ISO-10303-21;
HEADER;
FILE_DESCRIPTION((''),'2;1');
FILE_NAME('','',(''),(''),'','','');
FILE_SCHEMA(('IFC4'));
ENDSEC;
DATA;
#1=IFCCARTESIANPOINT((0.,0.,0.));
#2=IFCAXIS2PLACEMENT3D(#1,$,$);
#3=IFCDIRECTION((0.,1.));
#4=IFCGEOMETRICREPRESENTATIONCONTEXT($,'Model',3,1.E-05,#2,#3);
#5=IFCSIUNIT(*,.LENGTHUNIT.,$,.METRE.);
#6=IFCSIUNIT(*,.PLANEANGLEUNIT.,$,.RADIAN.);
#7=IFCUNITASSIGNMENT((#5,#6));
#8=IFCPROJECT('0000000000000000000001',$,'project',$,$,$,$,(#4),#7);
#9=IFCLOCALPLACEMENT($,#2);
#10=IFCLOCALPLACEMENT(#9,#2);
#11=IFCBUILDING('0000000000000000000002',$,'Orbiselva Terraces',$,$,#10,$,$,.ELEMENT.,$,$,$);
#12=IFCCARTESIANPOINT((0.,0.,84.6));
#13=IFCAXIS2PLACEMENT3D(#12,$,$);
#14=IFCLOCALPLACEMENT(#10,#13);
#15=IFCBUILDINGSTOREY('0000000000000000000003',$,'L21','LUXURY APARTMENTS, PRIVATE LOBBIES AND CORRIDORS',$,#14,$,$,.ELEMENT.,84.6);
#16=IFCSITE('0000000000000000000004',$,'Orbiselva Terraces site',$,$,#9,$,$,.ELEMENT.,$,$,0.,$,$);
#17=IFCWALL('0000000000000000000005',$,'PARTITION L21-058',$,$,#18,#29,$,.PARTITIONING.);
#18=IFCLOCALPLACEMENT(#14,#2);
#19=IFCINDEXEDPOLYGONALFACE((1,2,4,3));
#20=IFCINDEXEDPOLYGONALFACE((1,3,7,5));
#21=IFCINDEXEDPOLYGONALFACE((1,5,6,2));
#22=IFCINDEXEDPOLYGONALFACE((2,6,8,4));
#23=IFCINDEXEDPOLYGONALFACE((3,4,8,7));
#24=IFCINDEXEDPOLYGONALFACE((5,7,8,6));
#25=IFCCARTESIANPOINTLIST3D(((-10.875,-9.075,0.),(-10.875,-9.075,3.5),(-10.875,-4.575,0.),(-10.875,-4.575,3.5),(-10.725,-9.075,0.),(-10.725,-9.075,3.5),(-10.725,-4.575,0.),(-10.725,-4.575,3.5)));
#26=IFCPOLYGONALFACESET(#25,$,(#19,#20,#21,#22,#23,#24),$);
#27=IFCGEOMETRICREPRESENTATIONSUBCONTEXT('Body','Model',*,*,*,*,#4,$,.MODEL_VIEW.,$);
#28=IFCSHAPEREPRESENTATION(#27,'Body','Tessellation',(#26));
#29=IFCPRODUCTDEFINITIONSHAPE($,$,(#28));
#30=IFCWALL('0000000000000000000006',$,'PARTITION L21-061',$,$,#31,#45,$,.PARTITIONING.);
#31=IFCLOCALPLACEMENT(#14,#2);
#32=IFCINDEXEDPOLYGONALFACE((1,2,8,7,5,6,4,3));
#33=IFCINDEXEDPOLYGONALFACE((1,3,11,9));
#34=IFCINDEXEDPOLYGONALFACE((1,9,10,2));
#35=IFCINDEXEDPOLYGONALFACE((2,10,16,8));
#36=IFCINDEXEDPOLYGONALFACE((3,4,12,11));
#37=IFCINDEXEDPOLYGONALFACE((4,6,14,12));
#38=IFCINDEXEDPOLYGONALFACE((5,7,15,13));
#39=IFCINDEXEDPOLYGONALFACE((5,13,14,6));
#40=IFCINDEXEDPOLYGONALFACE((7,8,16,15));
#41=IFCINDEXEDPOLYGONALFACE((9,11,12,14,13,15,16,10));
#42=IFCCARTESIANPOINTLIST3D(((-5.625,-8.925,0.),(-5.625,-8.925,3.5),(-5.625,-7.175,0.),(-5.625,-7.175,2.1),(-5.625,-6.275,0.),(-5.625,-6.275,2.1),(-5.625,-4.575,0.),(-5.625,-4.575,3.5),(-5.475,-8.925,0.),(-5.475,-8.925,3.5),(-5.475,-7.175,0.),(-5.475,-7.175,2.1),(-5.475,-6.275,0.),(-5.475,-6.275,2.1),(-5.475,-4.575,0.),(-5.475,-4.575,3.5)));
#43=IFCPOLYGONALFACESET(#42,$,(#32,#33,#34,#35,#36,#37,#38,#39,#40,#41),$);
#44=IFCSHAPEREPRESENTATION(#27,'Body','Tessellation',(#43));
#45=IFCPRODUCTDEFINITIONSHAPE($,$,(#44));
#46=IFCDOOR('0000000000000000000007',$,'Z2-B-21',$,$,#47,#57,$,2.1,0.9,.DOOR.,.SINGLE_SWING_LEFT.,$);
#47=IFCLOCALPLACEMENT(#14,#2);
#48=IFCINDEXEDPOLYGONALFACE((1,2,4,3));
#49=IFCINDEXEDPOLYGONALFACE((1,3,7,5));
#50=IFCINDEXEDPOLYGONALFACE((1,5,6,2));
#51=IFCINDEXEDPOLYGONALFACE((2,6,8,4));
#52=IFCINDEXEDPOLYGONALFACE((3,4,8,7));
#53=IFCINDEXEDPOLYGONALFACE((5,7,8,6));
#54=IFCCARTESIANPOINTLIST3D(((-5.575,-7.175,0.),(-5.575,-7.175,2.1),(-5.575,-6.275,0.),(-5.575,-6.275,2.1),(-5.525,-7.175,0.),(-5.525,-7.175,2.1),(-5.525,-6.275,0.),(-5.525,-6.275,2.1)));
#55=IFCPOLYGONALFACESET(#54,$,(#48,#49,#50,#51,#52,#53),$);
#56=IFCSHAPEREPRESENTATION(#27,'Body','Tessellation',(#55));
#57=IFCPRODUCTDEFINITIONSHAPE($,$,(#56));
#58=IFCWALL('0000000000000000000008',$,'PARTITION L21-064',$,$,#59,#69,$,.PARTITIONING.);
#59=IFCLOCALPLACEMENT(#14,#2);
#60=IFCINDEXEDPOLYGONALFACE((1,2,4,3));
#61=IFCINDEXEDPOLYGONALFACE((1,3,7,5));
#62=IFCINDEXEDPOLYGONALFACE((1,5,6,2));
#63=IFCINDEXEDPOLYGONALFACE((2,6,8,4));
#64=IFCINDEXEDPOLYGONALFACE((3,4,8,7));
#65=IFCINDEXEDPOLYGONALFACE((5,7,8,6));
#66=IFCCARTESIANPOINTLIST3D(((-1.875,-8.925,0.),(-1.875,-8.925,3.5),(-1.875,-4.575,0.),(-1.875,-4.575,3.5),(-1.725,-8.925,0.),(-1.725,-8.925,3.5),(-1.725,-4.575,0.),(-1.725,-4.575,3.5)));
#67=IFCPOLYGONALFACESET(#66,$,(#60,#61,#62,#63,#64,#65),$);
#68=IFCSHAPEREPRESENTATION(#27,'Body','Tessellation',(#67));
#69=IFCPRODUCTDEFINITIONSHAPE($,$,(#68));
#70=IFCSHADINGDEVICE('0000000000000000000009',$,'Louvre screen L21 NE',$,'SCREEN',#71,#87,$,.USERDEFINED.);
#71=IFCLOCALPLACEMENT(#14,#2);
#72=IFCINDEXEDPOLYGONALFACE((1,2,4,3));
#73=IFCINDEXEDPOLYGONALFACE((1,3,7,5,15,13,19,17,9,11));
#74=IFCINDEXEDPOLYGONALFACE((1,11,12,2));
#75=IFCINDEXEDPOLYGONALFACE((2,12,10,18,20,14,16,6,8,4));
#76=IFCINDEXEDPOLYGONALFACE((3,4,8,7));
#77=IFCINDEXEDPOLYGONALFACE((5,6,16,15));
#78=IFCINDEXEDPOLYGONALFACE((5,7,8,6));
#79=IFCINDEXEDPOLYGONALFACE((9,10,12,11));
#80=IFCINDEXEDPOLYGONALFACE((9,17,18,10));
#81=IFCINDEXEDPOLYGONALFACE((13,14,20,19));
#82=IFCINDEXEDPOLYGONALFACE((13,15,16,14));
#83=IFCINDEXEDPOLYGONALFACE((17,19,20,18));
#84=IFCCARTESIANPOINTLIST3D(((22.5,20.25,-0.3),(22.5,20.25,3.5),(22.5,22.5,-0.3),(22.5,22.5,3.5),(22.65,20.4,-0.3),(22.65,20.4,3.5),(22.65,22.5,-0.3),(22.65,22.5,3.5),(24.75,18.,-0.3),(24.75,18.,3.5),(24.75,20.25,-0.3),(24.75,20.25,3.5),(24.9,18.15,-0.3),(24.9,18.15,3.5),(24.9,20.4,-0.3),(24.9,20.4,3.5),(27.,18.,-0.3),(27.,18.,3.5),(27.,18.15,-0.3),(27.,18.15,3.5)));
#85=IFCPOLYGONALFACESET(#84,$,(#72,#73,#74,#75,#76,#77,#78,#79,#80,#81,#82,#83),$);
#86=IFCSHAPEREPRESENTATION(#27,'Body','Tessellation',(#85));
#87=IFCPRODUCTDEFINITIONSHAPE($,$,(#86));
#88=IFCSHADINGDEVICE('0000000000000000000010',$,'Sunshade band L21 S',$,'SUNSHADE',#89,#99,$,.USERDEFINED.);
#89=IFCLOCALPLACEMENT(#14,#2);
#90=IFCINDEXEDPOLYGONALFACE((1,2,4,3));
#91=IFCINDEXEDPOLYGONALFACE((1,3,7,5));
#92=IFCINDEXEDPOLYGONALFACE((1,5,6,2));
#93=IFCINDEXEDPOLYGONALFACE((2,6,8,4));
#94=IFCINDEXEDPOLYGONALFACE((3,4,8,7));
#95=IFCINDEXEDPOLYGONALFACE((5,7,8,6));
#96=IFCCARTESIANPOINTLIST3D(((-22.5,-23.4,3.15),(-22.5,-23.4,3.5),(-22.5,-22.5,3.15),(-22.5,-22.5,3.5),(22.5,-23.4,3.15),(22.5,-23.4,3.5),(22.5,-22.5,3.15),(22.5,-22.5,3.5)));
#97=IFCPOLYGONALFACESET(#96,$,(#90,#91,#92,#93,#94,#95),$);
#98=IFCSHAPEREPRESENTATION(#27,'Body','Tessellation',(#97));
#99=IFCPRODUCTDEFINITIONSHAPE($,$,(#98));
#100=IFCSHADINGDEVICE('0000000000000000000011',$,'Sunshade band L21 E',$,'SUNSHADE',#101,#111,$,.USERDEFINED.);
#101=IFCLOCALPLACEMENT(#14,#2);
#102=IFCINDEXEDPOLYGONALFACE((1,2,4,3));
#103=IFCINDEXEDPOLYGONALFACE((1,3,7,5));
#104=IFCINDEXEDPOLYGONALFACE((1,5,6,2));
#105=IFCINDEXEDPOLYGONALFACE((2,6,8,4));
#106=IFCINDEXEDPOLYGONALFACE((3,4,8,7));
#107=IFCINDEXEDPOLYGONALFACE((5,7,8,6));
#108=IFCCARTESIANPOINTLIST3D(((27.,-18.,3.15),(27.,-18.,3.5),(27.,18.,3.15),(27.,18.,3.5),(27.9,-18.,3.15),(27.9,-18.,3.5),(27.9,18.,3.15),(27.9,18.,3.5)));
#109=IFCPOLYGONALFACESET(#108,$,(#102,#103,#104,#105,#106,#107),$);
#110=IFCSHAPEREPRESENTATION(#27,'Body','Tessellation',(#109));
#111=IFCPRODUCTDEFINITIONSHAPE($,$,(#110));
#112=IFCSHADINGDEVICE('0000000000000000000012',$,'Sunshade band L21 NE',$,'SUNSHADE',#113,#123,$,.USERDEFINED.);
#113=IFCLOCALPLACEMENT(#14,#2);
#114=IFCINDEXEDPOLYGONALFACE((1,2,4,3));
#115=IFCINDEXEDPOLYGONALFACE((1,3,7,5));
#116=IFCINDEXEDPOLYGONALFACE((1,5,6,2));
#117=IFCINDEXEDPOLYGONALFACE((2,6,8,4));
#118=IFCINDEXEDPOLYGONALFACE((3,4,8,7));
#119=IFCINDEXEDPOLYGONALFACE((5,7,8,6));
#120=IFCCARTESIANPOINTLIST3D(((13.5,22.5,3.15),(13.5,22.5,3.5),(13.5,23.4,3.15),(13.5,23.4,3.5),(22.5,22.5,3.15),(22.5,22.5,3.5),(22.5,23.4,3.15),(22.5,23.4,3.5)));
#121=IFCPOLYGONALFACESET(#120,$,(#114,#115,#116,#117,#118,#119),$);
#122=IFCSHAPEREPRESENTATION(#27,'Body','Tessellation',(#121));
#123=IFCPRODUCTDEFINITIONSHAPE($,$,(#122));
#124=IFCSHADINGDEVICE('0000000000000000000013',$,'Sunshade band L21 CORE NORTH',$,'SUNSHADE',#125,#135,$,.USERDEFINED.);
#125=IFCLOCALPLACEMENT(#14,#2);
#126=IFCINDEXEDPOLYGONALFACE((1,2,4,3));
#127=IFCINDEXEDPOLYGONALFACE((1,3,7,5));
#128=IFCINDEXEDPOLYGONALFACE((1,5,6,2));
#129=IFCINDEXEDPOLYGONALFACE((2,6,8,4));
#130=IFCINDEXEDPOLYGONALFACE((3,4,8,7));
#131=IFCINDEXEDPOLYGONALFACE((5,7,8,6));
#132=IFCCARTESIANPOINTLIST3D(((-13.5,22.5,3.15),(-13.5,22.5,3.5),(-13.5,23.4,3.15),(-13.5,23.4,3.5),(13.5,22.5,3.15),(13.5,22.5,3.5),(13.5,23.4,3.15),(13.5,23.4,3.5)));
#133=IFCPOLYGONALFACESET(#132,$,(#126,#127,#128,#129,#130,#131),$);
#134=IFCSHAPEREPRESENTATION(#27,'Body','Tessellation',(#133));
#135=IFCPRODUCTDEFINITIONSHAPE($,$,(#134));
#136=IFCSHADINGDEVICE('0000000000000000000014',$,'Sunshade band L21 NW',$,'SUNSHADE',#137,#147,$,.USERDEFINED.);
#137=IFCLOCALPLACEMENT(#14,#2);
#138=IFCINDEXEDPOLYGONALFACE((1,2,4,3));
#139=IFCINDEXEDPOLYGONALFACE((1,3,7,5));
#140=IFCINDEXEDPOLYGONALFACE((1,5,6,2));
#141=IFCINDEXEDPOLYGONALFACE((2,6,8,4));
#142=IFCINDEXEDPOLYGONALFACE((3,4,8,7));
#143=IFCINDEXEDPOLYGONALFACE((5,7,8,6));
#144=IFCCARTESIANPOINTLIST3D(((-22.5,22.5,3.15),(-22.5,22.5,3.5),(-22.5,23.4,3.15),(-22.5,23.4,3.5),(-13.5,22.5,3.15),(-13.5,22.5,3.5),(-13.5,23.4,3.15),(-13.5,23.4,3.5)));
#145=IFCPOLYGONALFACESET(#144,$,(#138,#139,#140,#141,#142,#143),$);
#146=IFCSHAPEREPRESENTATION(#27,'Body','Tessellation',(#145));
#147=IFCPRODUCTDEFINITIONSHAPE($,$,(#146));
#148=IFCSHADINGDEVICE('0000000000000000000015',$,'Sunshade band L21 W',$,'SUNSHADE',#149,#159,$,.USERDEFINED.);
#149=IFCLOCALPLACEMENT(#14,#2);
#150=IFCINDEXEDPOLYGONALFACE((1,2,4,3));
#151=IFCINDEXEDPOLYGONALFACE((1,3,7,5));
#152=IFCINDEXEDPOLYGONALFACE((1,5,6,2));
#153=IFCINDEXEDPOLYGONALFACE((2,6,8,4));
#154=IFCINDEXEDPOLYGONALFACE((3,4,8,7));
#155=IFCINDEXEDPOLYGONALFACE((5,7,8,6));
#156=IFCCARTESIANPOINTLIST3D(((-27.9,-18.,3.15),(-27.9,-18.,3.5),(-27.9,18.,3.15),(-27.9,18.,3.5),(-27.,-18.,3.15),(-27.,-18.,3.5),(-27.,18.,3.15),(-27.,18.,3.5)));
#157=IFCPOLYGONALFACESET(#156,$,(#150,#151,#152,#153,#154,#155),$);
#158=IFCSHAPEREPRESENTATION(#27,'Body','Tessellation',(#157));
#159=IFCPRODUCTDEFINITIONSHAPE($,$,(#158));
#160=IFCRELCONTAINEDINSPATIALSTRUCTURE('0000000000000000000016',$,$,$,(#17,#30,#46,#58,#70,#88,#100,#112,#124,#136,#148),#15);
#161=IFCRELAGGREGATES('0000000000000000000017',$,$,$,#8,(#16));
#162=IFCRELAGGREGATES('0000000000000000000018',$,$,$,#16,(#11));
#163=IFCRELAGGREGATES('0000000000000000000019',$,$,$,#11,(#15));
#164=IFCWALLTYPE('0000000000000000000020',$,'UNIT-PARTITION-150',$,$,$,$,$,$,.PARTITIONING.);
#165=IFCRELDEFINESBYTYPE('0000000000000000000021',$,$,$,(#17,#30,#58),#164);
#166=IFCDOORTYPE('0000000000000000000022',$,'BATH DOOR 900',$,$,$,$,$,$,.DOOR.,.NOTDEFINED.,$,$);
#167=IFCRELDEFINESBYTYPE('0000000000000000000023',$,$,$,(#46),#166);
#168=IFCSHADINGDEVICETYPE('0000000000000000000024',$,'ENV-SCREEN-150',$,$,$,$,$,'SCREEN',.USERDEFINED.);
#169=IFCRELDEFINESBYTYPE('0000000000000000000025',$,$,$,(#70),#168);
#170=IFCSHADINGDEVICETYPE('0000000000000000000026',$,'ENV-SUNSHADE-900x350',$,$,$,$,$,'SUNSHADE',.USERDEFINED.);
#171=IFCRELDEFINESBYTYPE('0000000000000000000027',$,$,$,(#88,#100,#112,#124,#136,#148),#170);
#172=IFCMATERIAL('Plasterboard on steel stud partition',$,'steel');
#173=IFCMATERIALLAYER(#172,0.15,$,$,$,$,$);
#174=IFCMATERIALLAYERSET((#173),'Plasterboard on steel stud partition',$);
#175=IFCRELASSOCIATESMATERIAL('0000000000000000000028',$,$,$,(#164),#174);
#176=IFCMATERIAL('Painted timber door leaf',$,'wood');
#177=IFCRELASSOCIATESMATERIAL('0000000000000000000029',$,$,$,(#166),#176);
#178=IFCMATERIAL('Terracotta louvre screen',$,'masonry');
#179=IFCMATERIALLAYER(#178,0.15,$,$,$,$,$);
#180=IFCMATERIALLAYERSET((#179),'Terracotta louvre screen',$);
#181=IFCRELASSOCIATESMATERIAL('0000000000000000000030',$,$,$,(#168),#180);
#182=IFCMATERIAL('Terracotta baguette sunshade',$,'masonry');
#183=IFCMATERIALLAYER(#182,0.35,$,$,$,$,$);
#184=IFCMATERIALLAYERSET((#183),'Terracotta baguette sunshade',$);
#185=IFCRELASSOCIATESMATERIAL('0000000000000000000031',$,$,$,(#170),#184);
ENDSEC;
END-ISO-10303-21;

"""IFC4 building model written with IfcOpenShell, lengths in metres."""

from ifc_helpers import new_model, si_unit, direction, frame, frame_2d, origin, place, context, subcontext, project, spatial, polyline, rectangle, outline, extrude, material, layer, layer_set, type_object, element, fill, save


model = new_model("IFC4")

# Units and contexts
model_context = context("Model", 3, precision=1e-05, world=origin(), true_north=direction((0.0, 1.0)))
body_context = subcontext(model_context, "Body", "Model", "MODEL_VIEW")
ifc_project = project(units=[si_unit("LENGTHUNIT", "METRE"), si_unit("PLANEANGLEUNIT", "RADIAN")], contexts=[model_context])

# Site, building, storey
site_placement = place(None, origin())
site = spatial("IfcSite", under=ifc_project, at=site_placement, Name="Orbiselva Terraces site", CompositionType="ELEMENT", RefElevation=0.0)
building_placement = place(site_placement, origin())
building = spatial("IfcBuilding", under=site, at=building_placement, Name="Orbiselva Terraces", CompositionType="ELEMENT")
storey_placement = place(building_placement, frame((0.0, 0.0, 84.6)))
storey = spatial("IfcBuildingStorey", under=building, at=storey_placement, Name="L21", Description="LUXURY APARTMENTS, PRIVATE LOBBIES AND CORRIDORS", CompositionType="ELEMENT", Elevation=84.6)

# Shared definitions
ifc_material_1 = material(Name="Plasterboard on steel stud partition", Category="steel")
ifc_material_2 = material(Name="Painted timber door leaf", Category="wood")

# Shared definitions
ifc_layer_1 = layer(ifc_material_1, 0.15)
ifc_layer_set_1 = layer_set([ifc_layer_1], Name="Plasterboard on steel stud partition")
wall_type_1 = type_object("IfcWallType", Name="UNIT-PARTITION-150", PredefinedType="PARTITIONING", material=ifc_layer_set_1)

# Wall
wall_1_placement = place(storey_placement, frame((-10.8, -9.075, 0.0), z_axis=(0.0, 0.0, 1.0), x_axis=(0.0, 1.0, 0.0)))
element("IfcWall", 1, at=wall_1_placement, inside=storey, type_object=wall_type_1, Name="PARTITION L21-058", PredefinedType="PARTITIONING", context=body_context, shape_type="SweptSolid", body=[
    extrude(rectangle(XDim=4.5, YDim=0.15, at=frame_2d((2.25, 0.0))), origin(), (0.0, 0.0, 1.0), 3.5),
])

# Wall, opening, door
wall_2_placement = place(storey_placement, frame((-5.55, -4.575, 0.0), z_axis=(0.0, 0.0, 1.0), x_axis=(0.0, -1.0, 0.0)))
wall_2 = element("IfcWall", 2, at=wall_2_placement, inside=storey, type_object=wall_type_1, Name="PARTITION L21-061", PredefinedType="PARTITIONING", context=body_context, shape_type="SweptSolid", body=[
    extrude(rectangle(XDim=4.35, YDim=0.15, at=frame_2d((2.175, 0.0))), origin(), (0.0, 0.0, 1.0), 3.5),
])
opening_1_placement = place(wall_2_placement, frame((1.7, 0.0, 0.0)))
opening_1 = element("IfcOpeningElement", 3, at=opening_1_placement, cuts=wall_2, PredefinedType="OPENING", context=body_context, shape_type="SweptSolid", body=[
    extrude(rectangle(XDim=0.9, YDim=2.1, at=frame_2d((0.45, 1.05))), frame((0.0, 0.085, 0.0), z_axis=(0.0, -1.0, 0.0), x_axis=(1.0, 0.0, 0.0)), (0.0, 0.0, 1.0), 0.17),
])
door_type_1 = type_object("IfcDoorType", Name="BATH DOOR 900", OperationType="NOTDEFINED", PredefinedType="DOOR", material=ifc_material_2)
door_1_placement = place(opening_1_placement, origin())
door_1 = element("IfcDoor", 4, at=door_1_placement, inside=storey, type_object=door_type_1, Name="Z2-B-21", OperationType="SINGLE_SWING_LEFT", OverallHeight=2.1, OverallWidth=0.9, PredefinedType="DOOR", context=body_context, shape_type="SweptSolid", body=[
    extrude(rectangle(XDim=0.9, YDim=2.1, at=frame_2d((0.45, 1.05))), frame((0.0, 0.025, 0.0), z_axis=(0.0, -1.0, 0.0), x_axis=(1.0, 0.0, 0.0)), (0.0, 0.0, 1.0), 0.05),
])
fill(opening_1, door_1)

# Wall
wall_3_placement = place(storey_placement, frame((-1.8, -8.925, 0.0), z_axis=(0.0, 0.0, 1.0), x_axis=(0.0, 1.0, 0.0)))
element("IfcWall", 5, at=wall_3_placement, inside=storey, type_object=wall_type_1, Name="PARTITION L21-064", PredefinedType="PARTITIONING", context=body_context, shape_type="SweptSolid", body=[
    extrude(rectangle(XDim=4.35, YDim=0.15, at=frame_2d((2.175, 0.0))), origin(), (0.0, 0.0, 1.0), 3.5),
])

# Shading devices
ifc_material_3 = material(Name="Terracotta louvre screen", Category="masonry")
ifc_layer_2 = layer(ifc_material_3, 0.15)
ifc_layer_set_2 = layer_set([ifc_layer_2], Name="Terracotta louvre screen")
shading_device_type_1 = type_object("IfcShadingDeviceType", Name="ENV-SCREEN-150", ElementType="SCREEN", PredefinedType="USERDEFINED", material=ifc_layer_set_2)
shading_device_1_placement = place(storey_placement, frame((0.0, 0.0, -0.3)))
element("IfcShadingDevice", 6, at=shading_device_1_placement, inside=storey, type_object=shading_device_type_1, Name="Louvre screen L21 NE", ObjectType="SCREEN", PredefinedType="USERDEFINED", context=body_context, shape_type="SweptSolid", body=[
    extrude(outline(polyline([(27.0, 18.15), (24.9, 18.15), (24.9, 20.4), (22.65, 20.4), (22.65, 22.5), (22.5, 22.5), (22.5, 20.25), (24.75, 20.25), (24.75, 18.0), (27.0, 18.0), (27.0, 18.15)])), origin(), (0.0, 0.0, 1.0), 3.8),
])
ifc_material_4 = material(Name="Terracotta baguette sunshade", Category="masonry")
ifc_layer_3 = layer(ifc_material_4, 0.35)
ifc_layer_set_3 = layer_set([ifc_layer_3], Name="Terracotta baguette sunshade")
shading_device_type_2 = type_object("IfcShadingDeviceType", Name="ENV-SUNSHADE-900x350", ElementType="SUNSHADE", PredefinedType="USERDEFINED", material=ifc_layer_set_3)
shading_device_2_placement = place(storey_placement, frame((0.0, 0.0, 3.15)))
element("IfcShadingDevice", 7, at=shading_device_2_placement, inside=storey, type_object=shading_device_type_2, Name="Sunshade band L21 S", ObjectType="SUNSHADE", PredefinedType="USERDEFINED", context=body_context, shape_type="SweptSolid", body=[
    extrude(outline(polyline([(-22.5, -23.4), (22.5, -23.4), (22.5, -22.5), (-22.5, -22.5), (-22.5, -23.4)])), origin(), (0.0, 0.0, 1.0), 0.35),
])
shading_device_3_placement = place(storey_placement, frame((0.0, 0.0, 3.15)))
element("IfcShadingDevice", 8, at=shading_device_3_placement, inside=storey, type_object=shading_device_type_2, Name="Sunshade band L21 E", ObjectType="SUNSHADE", PredefinedType="USERDEFINED", context=body_context, shape_type="SweptSolid", body=[
    extrude(outline(polyline([(27.9, -18.0), (27.9, 18.0), (27.0, 18.0), (27.0, -18.0), (27.9, -18.0)])), origin(), (0.0, 0.0, 1.0), 0.35),
])
shading_device_4_placement = place(storey_placement, frame((0.0, 0.0, 3.15)))
element("IfcShadingDevice", 9, at=shading_device_4_placement, inside=storey, type_object=shading_device_type_2, Name="Sunshade band L21 NE", ObjectType="SUNSHADE", PredefinedType="USERDEFINED", context=body_context, shape_type="SweptSolid", body=[
    extrude(outline(polyline([(22.5, 23.4), (13.5, 23.4), (13.5, 22.5), (22.5, 22.5), (22.5, 23.4)])), origin(), (0.0, 0.0, 1.0), 0.35),
])
shading_device_5_placement = place(storey_placement, frame((0.0, 0.0, 3.15)))
element("IfcShadingDevice", 10, at=shading_device_5_placement, inside=storey, type_object=shading_device_type_2, Name="Sunshade band L21 CORE NORTH", ObjectType="SUNSHADE", PredefinedType="USERDEFINED", context=body_context, shape_type="SweptSolid", body=[
    extrude(outline(polyline([(13.5, 23.4), (-13.5, 23.4), (-13.5, 22.5), (13.5, 22.5), (13.5, 23.4)])), origin(), (0.0, 0.0, 1.0), 0.35),
])
shading_device_6_placement = place(storey_placement, frame((0.0, 0.0, 3.15)))
element("IfcShadingDevice", 11, at=shading_device_6_placement, inside=storey, type_object=shading_device_type_2, Name="Sunshade band L21 NW", ObjectType="SUNSHADE", PredefinedType="USERDEFINED", context=body_context, shape_type="SweptSolid", body=[
    extrude(outline(polyline([(-13.5, 23.4), (-22.5, 23.4), (-22.5, 22.5), (-13.5, 22.5), (-13.5, 23.4)])), origin(), (0.0, 0.0, 1.0), 0.35),
])
shading_device_7_placement = place(storey_placement, frame((0.0, 0.0, 3.15)))
element("IfcShadingDevice", 12, at=shading_device_7_placement, inside=storey, type_object=shading_device_type_2, Name="Sunshade band L21 W", ObjectType="SUNSHADE", PredefinedType="USERDEFINED", context=body_context, shape_type="SweptSolid", body=[
    extrude(outline(polyline([(-27.9, 18.0), (-27.9, -18.0), (-27.0, -18.0), (-27.0, 18.0), (-27.9, 18.0)])), origin(), (0.0, 0.0, 1.0), 0.35),
])

save(model, "model.ifc")
